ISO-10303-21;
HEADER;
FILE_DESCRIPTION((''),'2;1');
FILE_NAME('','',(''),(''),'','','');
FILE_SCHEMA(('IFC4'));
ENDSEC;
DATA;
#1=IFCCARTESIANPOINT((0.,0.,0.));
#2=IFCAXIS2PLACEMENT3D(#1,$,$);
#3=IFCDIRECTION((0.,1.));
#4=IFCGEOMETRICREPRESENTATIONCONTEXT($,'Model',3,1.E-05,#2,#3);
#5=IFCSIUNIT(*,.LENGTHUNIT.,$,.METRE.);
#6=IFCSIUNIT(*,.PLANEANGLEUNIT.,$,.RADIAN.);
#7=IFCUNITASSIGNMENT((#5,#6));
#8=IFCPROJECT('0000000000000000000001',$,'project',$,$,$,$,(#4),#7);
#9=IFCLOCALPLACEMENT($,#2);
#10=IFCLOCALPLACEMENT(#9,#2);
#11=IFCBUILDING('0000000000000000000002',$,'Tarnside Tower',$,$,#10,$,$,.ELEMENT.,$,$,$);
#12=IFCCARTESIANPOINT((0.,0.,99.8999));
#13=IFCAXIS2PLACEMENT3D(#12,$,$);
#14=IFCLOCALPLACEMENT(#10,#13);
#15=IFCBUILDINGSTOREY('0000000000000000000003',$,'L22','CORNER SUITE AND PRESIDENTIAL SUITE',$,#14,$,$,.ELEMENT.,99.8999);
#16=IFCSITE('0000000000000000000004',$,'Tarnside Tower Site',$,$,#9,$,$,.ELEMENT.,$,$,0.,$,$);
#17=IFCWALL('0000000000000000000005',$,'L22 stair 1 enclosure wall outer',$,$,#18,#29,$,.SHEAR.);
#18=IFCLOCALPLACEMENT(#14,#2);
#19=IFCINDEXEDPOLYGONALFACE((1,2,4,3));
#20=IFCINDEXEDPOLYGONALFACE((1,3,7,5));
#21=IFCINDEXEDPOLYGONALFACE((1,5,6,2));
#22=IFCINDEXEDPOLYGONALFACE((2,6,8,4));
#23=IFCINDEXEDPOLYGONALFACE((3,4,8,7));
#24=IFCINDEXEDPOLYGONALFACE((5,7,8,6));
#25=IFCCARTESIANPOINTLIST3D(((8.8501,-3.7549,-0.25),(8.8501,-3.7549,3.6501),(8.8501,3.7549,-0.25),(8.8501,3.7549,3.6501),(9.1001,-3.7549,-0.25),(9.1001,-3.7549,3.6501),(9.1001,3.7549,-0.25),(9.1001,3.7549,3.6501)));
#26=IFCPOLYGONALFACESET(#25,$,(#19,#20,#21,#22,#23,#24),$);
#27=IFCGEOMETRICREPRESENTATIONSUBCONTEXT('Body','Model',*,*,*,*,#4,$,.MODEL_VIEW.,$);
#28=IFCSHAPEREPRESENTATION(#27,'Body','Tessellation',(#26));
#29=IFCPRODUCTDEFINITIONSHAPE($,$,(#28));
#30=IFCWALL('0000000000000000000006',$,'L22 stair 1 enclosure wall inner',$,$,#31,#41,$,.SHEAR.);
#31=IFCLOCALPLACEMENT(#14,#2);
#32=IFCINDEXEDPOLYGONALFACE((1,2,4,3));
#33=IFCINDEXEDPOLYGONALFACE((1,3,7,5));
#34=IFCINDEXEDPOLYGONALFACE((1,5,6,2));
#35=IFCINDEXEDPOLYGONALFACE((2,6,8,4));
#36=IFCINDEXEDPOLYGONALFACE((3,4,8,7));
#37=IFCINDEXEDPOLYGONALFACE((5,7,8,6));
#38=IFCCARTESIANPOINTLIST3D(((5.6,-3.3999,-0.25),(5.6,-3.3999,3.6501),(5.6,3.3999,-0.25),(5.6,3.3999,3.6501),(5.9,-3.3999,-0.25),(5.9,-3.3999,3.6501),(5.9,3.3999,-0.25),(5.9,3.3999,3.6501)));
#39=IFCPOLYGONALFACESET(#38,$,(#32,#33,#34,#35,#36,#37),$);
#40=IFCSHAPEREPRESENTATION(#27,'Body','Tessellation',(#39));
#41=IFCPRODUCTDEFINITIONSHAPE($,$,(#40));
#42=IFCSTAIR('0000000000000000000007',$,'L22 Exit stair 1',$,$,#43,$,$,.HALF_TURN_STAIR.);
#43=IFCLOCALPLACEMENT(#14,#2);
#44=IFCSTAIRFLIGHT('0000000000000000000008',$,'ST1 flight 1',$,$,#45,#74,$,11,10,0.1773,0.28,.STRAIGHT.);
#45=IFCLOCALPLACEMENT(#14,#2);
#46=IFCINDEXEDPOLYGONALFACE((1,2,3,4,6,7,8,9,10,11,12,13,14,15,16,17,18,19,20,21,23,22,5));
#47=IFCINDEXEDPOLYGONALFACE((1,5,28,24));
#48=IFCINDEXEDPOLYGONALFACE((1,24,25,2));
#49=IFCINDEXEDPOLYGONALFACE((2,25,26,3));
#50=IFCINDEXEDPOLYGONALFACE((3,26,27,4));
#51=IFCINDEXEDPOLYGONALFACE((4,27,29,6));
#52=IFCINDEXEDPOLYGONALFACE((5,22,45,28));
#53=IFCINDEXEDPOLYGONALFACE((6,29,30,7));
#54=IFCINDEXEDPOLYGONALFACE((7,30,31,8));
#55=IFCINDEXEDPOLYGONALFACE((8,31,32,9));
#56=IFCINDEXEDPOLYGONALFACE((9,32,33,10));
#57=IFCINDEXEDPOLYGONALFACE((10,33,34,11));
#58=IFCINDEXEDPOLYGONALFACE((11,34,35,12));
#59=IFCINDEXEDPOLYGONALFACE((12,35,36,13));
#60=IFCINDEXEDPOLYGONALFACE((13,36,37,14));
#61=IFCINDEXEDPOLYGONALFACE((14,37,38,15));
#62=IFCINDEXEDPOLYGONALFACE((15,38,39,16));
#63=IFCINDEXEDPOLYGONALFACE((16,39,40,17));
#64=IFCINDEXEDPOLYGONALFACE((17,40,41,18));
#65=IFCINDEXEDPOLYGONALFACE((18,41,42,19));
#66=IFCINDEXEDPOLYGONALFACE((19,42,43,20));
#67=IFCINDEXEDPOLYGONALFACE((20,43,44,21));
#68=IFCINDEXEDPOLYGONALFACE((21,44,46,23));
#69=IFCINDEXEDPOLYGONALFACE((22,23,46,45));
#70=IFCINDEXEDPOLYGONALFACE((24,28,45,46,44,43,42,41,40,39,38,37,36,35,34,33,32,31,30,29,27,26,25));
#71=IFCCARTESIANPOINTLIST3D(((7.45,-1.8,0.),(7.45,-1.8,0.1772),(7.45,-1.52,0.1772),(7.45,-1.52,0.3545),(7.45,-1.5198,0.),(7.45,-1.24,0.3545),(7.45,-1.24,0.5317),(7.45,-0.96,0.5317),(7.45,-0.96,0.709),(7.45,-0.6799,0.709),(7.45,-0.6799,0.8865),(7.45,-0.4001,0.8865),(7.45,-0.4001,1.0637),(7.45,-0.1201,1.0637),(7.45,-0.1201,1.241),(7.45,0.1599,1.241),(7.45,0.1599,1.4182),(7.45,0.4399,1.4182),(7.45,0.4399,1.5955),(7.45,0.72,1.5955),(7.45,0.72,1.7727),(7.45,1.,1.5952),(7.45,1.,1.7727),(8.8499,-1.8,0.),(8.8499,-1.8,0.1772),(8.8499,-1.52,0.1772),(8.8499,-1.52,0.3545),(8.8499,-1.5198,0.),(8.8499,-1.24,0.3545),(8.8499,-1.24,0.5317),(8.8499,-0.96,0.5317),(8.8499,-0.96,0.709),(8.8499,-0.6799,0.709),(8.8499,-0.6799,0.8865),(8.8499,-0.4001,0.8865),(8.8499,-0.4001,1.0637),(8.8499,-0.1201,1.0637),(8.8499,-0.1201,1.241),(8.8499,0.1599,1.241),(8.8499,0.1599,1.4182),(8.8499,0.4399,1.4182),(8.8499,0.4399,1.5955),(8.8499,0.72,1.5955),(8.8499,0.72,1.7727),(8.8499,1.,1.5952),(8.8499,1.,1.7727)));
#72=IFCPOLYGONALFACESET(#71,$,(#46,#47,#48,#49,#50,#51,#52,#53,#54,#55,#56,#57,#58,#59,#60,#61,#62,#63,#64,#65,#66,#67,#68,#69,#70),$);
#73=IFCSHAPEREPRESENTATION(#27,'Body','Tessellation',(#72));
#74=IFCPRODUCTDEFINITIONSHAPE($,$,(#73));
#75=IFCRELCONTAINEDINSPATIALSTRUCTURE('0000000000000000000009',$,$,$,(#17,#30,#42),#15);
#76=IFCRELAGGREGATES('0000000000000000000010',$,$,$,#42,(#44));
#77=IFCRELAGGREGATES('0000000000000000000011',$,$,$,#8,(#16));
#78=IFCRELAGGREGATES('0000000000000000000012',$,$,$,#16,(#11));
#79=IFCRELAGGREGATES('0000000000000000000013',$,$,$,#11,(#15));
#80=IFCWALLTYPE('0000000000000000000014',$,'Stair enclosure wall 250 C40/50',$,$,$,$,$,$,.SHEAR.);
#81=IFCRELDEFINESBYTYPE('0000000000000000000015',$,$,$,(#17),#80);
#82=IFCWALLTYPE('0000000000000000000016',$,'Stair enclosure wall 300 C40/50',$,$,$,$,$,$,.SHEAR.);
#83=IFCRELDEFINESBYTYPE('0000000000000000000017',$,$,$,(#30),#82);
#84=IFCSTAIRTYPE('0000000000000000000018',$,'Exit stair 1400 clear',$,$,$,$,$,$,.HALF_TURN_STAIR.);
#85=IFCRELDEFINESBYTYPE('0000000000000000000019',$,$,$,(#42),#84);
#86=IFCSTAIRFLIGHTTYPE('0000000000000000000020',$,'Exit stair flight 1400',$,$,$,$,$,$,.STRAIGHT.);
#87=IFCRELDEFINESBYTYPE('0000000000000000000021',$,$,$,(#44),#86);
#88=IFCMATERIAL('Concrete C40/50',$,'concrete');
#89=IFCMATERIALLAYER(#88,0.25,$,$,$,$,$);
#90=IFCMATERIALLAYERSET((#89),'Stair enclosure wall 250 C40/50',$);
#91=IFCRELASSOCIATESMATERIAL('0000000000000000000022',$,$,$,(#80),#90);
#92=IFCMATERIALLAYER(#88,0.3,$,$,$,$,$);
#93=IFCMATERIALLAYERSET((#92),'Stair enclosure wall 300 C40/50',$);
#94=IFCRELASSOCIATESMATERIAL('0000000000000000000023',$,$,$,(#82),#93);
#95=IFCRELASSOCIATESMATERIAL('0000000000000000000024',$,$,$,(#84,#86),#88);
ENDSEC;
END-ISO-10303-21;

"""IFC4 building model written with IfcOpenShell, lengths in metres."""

from ifc_helpers import new_model, si_unit, direction, frame, frame_2d, origin, place, context, subcontext, project, spatial, polyline, rectangle, outline, extrude, material, layer, layer_set, type_object, element, aggregate, save


model = new_model("IFC4")

# Units and contexts
model_context = context("Model", 3, precision=1e-05, world=origin(), true_north=direction((0.0, 1.0)))
body_context = subcontext(model_context, "Body", "Model", "MODEL_VIEW")
ifc_project = project(units=[si_unit("LENGTHUNIT", "METRE"), si_unit("PLANEANGLEUNIT", "RADIAN")], contexts=[model_context])

# Site, building, storey
site_placement = place(None, origin())
site = spatial("IfcSite", under=ifc_project, at=site_placement, Name="Tarnside Tower Site", CompositionType="ELEMENT", RefElevation=0.0)
building_placement = place(site_placement, origin())
building = spatial("IfcBuilding", under=site, at=building_placement, Name="Tarnside Tower", CompositionType="ELEMENT")
storey_placement = place(building_placement, frame((0.0, 0.0, 99.8999)))
storey = spatial("IfcBuildingStorey", under=building, at=storey_placement, Name="L22", Description="CORNER SUITE AND PRESIDENTIAL SUITE", CompositionType="ELEMENT", Elevation=99.8999)

# Shared definitions
ifc_material_1 = material(Name="Concrete C40/50", Category="concrete")

# Walls
ifc_layer_1 = layer(ifc_material_1, 0.25)
ifc_layer_set_1 = layer_set([ifc_layer_1], Name="Stair enclosure wall 250 C40/50")
wall_type_1 = type_object("IfcWallType", Name="Stair enclosure wall 250 C40/50", PredefinedType="SHEAR", material=ifc_layer_set_1)
wall_1_placement = place(storey_placement, frame((8.9751, -3.7549, -0.25), z_axis=(0.0, 0.0, 1.0), x_axis=(0.0, 1.0, 0.0)))
element("IfcWall", 1, at=wall_1_placement, inside=storey, type_object=wall_type_1, Name="L22 stair 1 enclosure wall outer", PredefinedType="SHEAR", context=body_context, shape_type="SweptSolid", body=[
    extrude(rectangle(XDim=7.5098, YDim=0.25, at=frame_2d((3.7549, 0.0))), origin(), (0.0, 0.0, 1.0), 3.9001),
])
ifc_layer_2 = layer(ifc_material_1, 0.3)
ifc_layer_set_2 = layer_set([ifc_layer_2], Name="Stair enclosure wall 300 C40/50")
wall_type_2 = type_object("IfcWallType", Name="Stair enclosure wall 300 C40/50", PredefinedType="SHEAR", material=ifc_layer_set_2)
wall_2_placement = place(storey_placement, frame((5.75, -3.3999, -0.25), z_axis=(0.0, 0.0, 1.0), x_axis=(0.0, 1.0, 0.0)))
element("IfcWall", 2, at=wall_2_placement, inside=storey, type_object=wall_type_2, Name="L22 stair 1 enclosure wall inner", PredefinedType="SHEAR", context=body_context, shape_type="SweptSolid", body=[
    extrude(rectangle(XDim=6.7998, YDim=0.3, at=frame_2d((3.3999, 0.0))), origin(), (0.0, 0.0, 1.0), 3.9001),
])

# Stair, stair flight
stair_type = type_object("IfcStairType", Name="Exit stair 1400 clear", PredefinedType="HALF_TURN_STAIR", material=ifc_material_1)
stair_placement = place(storey_placement, origin())
stair = element("IfcStair", 3, at=stair_placement, inside=storey, type_object=stair_type, Name="L22 Exit stair 1", PredefinedType="HALF_TURN_STAIR")
stair_flight_type = type_object("IfcStairFlightType", Name="Exit stair flight 1400", PredefinedType="STRAIGHT", material=ifc_material_1)
stair_flight_placement = place(storey_placement, frame((8.1499, -1.8, 0.0), z_axis=(0.0, 0.0, 1.0), x_axis=(0.0, 1.0, 0.0)))
stair_flight = element("IfcStairFlight", 4, at=stair_flight_placement, type_object=stair_flight_type, Name="ST1 flight 1", NumberOfRisers=11, NumberOfTreads=10, PredefinedType="STRAIGHT", RiserHeight=0.1773, TreadLength=0.28, context=body_context, shape_type="SweptSolid", body=[
    extrude(outline(polyline([(0.0, 0.0), (0.0, 0.1772), (0.28, 0.1772), (0.28, 0.3545), (0.5601, 0.3545), (0.5601, 0.5317), (0.8401, 0.5317), (0.8401, 0.709), (1.1201, 0.709), (1.1201, 0.8865), (1.3999, 0.8865), (1.3999, 1.0637), (1.6799, 1.0637), (1.6799, 1.241), (1.96, 1.241), (1.96, 1.4182), (2.24, 1.4182), (2.24, 1.5955), (2.52, 1.5955), (2.52, 1.7727), (2.8, 1.7727), (2.8, 1.95), (2.8, 1.5952), (0.2803, 0.0), (0.0, 0.0)])), frame((0.0, 0.7, 0.0), z_axis=(0.0, -1.0, 0.0), x_axis=(1.0, 0.0, 0.0)), (0.0, 0.0, 1.0), 1.3999),
])
aggregate(stair, [stair_flight])

save(model, "model.ifc")
